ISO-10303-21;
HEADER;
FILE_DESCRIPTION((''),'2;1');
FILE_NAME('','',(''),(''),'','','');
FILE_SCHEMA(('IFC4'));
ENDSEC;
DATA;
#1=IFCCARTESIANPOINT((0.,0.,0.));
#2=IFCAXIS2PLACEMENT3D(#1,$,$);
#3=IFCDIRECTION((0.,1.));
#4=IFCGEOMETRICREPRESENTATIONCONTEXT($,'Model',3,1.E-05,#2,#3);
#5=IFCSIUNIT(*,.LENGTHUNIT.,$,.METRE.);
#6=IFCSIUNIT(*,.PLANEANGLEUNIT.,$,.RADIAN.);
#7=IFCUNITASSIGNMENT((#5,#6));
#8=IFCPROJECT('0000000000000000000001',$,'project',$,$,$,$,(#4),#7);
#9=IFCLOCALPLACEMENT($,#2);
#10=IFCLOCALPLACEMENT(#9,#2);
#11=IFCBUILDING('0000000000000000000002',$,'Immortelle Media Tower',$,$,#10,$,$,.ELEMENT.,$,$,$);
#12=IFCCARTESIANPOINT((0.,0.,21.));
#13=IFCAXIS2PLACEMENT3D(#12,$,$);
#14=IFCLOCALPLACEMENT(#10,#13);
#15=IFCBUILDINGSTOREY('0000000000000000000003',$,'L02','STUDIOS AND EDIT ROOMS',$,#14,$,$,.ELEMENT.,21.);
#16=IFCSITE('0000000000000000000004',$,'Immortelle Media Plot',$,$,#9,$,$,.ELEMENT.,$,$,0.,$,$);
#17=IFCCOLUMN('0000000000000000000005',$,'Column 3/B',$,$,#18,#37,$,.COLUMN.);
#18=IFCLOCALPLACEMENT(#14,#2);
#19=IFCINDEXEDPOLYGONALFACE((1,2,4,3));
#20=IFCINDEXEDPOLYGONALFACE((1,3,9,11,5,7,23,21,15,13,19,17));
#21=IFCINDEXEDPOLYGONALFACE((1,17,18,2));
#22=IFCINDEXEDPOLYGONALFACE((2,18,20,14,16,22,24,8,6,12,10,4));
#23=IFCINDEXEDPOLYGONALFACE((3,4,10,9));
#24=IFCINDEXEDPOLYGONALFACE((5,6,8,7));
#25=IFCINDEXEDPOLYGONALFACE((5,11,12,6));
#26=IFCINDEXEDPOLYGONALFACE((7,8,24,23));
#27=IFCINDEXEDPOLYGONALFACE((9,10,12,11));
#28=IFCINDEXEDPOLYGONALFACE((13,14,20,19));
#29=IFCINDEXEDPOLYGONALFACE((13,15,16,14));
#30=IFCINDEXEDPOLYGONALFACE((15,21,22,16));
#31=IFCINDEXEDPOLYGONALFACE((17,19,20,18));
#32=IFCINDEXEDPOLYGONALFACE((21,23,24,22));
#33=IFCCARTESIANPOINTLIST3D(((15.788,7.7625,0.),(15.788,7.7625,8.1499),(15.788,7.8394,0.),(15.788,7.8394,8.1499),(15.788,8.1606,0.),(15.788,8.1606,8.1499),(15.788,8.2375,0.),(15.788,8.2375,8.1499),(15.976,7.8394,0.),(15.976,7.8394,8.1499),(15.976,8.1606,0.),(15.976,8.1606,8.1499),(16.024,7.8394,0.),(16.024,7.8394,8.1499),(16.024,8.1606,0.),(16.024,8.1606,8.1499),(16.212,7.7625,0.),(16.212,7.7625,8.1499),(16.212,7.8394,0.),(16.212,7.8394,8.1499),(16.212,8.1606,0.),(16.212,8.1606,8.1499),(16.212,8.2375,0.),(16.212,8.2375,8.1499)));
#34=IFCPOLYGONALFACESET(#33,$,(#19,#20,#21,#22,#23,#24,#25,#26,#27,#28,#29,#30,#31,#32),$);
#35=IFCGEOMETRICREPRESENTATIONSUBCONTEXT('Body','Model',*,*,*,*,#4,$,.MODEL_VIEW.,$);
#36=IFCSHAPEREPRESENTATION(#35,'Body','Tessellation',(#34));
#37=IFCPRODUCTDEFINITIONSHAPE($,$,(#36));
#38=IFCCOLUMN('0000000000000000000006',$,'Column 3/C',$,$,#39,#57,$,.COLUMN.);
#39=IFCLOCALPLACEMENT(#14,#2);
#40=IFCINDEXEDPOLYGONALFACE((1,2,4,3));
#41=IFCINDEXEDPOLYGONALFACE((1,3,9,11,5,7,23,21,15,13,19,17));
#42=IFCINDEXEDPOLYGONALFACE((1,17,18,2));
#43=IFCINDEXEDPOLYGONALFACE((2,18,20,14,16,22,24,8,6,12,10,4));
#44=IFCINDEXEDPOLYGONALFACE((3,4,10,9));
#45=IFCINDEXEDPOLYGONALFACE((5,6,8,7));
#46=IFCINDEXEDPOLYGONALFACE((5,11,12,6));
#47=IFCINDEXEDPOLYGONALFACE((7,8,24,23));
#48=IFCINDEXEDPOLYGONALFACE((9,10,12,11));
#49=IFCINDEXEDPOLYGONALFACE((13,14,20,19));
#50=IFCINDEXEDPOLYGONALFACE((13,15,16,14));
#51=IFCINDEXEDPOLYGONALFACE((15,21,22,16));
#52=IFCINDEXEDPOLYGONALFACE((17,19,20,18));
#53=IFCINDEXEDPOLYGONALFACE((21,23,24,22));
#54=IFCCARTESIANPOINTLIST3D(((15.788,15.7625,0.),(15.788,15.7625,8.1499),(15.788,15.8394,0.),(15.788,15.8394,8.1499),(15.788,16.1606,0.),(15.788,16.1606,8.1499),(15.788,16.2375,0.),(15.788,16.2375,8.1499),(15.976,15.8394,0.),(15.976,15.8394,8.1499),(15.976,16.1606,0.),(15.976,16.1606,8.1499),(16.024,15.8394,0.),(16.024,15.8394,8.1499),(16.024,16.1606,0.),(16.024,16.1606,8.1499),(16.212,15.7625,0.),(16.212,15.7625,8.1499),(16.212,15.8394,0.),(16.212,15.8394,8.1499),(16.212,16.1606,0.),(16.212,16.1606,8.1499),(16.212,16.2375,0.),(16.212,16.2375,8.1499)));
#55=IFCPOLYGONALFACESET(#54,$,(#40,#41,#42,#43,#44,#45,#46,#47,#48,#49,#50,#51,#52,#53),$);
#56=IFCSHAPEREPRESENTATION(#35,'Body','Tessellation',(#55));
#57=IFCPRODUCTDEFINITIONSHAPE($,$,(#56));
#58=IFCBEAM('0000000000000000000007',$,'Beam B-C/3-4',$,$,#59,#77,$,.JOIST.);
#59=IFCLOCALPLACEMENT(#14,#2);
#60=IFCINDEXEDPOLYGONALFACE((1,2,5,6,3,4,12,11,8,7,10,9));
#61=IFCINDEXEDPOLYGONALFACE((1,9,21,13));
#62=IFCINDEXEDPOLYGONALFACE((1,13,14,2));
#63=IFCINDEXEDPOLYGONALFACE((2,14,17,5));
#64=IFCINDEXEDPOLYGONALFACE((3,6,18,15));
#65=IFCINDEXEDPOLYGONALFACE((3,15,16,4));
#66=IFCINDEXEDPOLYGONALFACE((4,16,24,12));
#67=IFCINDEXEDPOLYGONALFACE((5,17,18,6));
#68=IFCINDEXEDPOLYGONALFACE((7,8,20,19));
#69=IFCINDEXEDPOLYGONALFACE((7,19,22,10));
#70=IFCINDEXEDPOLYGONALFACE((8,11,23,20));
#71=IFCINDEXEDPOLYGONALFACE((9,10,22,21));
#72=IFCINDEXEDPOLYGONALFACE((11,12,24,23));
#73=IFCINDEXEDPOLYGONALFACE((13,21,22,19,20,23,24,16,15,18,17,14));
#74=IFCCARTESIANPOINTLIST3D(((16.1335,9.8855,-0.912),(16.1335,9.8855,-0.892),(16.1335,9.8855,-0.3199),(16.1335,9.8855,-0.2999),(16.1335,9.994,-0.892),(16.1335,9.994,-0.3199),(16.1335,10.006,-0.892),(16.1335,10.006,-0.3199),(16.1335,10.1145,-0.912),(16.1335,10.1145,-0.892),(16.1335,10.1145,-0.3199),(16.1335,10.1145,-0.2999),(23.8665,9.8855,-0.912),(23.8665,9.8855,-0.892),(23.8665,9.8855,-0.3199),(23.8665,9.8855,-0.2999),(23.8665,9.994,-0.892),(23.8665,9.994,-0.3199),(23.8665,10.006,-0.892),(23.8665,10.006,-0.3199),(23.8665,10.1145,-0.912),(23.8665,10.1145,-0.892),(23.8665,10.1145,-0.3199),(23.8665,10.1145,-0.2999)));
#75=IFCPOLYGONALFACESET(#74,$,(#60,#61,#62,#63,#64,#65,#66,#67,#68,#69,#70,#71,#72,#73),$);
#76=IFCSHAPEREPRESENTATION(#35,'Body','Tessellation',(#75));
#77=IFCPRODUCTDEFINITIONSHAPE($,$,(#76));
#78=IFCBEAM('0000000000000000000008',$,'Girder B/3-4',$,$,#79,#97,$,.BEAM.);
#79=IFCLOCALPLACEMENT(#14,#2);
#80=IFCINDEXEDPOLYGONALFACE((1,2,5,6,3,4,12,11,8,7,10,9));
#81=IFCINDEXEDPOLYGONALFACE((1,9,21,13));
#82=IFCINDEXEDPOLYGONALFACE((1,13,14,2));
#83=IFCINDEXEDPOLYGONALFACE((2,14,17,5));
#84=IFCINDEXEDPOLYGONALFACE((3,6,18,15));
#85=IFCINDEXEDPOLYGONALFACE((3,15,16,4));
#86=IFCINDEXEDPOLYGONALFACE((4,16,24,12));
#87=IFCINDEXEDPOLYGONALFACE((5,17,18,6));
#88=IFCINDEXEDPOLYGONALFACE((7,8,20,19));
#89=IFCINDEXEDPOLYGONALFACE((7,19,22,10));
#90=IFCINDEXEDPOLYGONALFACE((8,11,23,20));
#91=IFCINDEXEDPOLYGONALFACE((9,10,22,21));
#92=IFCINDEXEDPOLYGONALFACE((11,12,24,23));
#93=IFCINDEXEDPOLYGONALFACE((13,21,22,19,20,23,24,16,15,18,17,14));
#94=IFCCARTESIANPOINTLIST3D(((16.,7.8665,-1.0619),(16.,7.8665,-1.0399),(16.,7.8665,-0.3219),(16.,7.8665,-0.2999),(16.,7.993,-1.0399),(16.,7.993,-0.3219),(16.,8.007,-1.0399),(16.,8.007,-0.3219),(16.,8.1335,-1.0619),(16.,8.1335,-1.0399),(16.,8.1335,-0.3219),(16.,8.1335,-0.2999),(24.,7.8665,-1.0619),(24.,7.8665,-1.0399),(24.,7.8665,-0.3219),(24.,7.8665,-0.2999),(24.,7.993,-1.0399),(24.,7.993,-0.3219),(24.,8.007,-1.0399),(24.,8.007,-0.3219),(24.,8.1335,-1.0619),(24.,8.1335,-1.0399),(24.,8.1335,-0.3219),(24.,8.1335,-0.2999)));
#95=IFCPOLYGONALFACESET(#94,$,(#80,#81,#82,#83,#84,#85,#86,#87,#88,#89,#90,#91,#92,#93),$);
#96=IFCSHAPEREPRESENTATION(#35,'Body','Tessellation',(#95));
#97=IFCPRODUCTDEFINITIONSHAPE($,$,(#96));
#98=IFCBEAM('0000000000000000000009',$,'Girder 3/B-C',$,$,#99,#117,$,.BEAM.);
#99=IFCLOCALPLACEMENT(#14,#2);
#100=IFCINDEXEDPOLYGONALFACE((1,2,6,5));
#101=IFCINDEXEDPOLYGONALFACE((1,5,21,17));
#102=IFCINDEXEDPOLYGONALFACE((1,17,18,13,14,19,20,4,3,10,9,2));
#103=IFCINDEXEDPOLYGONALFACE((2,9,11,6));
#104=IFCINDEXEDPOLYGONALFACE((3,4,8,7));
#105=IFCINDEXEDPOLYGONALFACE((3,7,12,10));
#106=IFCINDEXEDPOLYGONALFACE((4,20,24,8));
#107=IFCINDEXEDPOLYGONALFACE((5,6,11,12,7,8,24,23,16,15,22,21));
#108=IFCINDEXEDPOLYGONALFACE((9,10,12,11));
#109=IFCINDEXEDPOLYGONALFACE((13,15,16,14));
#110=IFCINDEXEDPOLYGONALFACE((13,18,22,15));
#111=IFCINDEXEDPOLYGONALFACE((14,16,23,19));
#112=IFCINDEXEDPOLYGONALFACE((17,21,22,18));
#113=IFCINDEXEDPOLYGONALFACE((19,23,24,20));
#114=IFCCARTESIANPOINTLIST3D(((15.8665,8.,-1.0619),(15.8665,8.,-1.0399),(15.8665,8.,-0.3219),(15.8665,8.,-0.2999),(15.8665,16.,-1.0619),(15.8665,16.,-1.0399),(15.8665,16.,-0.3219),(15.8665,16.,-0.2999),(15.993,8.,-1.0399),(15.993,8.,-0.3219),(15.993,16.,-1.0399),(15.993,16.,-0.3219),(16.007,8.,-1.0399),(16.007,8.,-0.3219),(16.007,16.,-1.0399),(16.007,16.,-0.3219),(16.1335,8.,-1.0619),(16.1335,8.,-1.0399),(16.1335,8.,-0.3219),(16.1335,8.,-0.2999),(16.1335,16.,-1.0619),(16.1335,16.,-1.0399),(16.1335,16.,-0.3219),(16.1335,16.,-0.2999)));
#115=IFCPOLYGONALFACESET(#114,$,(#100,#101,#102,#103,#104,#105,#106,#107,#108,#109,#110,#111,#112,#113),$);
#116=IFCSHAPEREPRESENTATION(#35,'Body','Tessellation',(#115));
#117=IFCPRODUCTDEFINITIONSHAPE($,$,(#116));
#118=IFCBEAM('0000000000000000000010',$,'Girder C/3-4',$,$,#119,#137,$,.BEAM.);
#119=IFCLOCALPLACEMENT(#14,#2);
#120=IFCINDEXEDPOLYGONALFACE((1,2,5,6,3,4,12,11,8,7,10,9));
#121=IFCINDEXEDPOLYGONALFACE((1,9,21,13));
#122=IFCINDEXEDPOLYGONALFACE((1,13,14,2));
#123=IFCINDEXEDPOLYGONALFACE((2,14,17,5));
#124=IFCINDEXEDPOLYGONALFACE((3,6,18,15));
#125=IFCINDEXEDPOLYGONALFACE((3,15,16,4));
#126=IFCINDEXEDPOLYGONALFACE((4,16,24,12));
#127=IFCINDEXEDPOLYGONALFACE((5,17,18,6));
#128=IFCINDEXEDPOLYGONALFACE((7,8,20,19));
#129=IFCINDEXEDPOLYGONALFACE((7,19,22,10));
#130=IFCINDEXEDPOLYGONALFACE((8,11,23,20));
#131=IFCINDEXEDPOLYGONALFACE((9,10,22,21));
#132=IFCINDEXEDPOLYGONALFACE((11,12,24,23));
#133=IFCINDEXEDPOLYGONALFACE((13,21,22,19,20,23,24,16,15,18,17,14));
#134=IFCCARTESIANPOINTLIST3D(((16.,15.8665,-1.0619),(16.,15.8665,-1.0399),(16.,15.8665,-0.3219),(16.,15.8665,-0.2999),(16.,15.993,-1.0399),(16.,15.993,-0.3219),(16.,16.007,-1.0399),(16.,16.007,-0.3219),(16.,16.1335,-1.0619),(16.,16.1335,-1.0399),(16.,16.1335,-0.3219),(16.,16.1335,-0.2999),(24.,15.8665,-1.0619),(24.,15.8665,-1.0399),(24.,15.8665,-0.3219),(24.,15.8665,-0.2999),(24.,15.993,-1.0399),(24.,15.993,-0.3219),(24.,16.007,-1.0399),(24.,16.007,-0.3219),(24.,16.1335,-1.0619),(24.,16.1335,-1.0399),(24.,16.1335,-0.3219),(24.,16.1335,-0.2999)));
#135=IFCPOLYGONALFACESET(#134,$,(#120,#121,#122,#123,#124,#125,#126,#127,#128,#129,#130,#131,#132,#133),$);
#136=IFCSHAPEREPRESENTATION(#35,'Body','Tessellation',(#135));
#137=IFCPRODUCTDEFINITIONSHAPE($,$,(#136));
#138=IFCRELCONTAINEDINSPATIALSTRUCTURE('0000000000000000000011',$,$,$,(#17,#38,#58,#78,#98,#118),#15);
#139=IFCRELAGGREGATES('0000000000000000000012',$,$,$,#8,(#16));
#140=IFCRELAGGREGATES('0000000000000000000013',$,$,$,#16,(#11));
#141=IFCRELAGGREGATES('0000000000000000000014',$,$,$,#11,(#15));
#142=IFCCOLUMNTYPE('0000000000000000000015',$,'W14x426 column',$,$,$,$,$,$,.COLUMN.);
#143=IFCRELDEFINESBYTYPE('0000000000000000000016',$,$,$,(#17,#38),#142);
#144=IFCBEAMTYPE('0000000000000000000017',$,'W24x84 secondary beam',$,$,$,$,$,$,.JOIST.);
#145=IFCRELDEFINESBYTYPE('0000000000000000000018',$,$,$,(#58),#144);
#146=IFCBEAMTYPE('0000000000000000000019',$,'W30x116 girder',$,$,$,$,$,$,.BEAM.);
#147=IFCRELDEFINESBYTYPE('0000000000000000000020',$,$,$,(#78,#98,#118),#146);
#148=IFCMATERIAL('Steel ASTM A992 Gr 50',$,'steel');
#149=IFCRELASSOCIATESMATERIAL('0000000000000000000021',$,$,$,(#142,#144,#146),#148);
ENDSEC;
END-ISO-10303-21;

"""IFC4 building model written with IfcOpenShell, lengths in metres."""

from ifc_helpers import new_model, si_unit, direction, frame, origin, origin_2d, place, context, subcontext, project, spatial, i_section, extrude, material, material_profile, profile_set, type_object, element, save


model = new_model("IFC4")

# Units and contexts
model_context = context("Model", 3, precision=1e-05, world=origin(), true_north=direction((0.0, 1.0)))
body_context = subcontext(model_context, "Body", "Model", "MODEL_VIEW")
ifc_project = project(units=[si_unit("LENGTHUNIT", "METRE"), si_unit("PLANEANGLEUNIT", "RADIAN")], contexts=[model_context])

# Site, building, storey
site_placement = place(None, origin())
site = spatial("IfcSite", under=ifc_project, at=site_placement, Name="Immortelle Media Plot", CompositionType="ELEMENT", RefElevation=0.0)
building_placement = place(site_placement, origin())
building = spatial("IfcBuilding", under=site, at=building_placement, Name="Immortelle Media Tower", CompositionType="ELEMENT")
storey_placement = place(building_placement, frame((0.0, 0.0, 21.0)))
storey = spatial("IfcBuildingStorey", under=building, at=storey_placement, Name="L02", Description="STUDIOS AND EDIT ROOMS", CompositionType="ELEMENT", Elevation=21.0)

# Columns
ifc_material_1 = material(Name="Steel ASTM A992 Gr 50", Category="steel")
ifc_material_profile_1 = material_profile(ifc_material_1, i_section(OverallWidth=0.4241, OverallDepth=0.4751, WebThickness=0.0481, FlangeThickness=0.0769, at=origin_2d()), Name="W14x426")
ifc_profile_set_1 = profile_set([ifc_material_profile_1], Name="Steel ASTM A992 Gr 50")
column_type = type_object("IfcColumnType", Name="W14x426 column", PredefinedType="COLUMN", material=ifc_profile_set_1)
for number, where, z_axis, x_axis, name in (
    (1, (16.0, 8.0, 0.0), (0.0, 0.0, 1.0), (1.0, 0.0, 0.0), "Column 3/B"),
    (2, (16.0, 16.0, 0.0), (0.0, 0.0, 1.0), (1.0, 0.0, 0.0), "Column 3/C"),
):
    element("IfcColumn", number, at=place(storey_placement, frame(where, z_axis=z_axis, x_axis=x_axis)), inside=storey, type_object=column_type, Name=name, PredefinedType="COLUMN", context=body_context, shape_type="SweptSolid", body=[
        extrude(i_section(OverallWidth=0.4241, OverallDepth=0.4751, WebThickness=0.0481, FlangeThickness=0.0769, at=origin_2d()), origin(), (0.0, 0.0, 1.0), 8.1499),
    ])

# Beams
ifc_material_profile_2 = material_profile(ifc_material_1, i_section(OverallWidth=0.229, OverallDepth=0.6121, WebThickness=0.012, FlangeThickness=0.02, at=origin_2d()), Name="W24x84")
ifc_profile_set_2 = profile_set([ifc_material_profile_2], Name="Steel ASTM A992 Gr 50")
beam_type_1 = type_object("IfcBeamType", Name="W24x84 secondary beam", PredefinedType="JOIST", material=ifc_profile_set_2)
beam_placement = place(storey_placement, frame((16.1335, 10.0, -0.606), z_axis=(1.0, 0.0, 0.0), x_axis=(0.0, 1.0, 0.0)))
element("IfcBeam", 3, at=beam_placement, inside=storey, type_object=beam_type_1, Name="Beam B-C/3-4", PredefinedType="JOIST", context=body_context, shape_type="SweptSolid", body=[
    extrude(i_section(OverallWidth=0.229, OverallDepth=0.6121, WebThickness=0.012, FlangeThickness=0.02, at=origin_2d()), origin(), (0.0, 0.0, 1.0), 7.7329),
])
ifc_material_profile_3 = material_profile(ifc_material_1, i_section(OverallWidth=0.2671, OverallDepth=0.762, WebThickness=0.0139, FlangeThickness=0.022, at=origin_2d()), Name="W30x116")
ifc_profile_set_3 = profile_set([ifc_material_profile_3], Name="Steel ASTM A992 Gr 50")
beam_type_2 = type_object("IfcBeamType", Name="W30x116 girder", PredefinedType="BEAM", material=ifc_profile_set_3)
for number, where, z_axis, x_axis, name in (
    (4, (16.0, 8.0, -0.6809), (1.0, 0.0, 0.0), (0.0, 1.0, 0.0), "Girder B/3-4"),
    (5, (16.0, 8.0, -0.6809), (0.0, 1.0, 0.0), (-1.0, 0.0, 0.0), "Girder 3/B-C"),
    (6, (16.0, 16.0, -0.6809), (1.0, 0.0, 0.0), (0.0, 1.0, 0.0), "Girder C/3-4"),
):
    element("IfcBeam", number, at=place(storey_placement, frame(where, z_axis=z_axis, x_axis=x_axis)), inside=storey, type_object=beam_type_2, Name=name, PredefinedType="BEAM", context=body_context, shape_type="SweptSolid", body=[
        extrude(i_section(OverallWidth=0.2671, OverallDepth=0.762, WebThickness=0.0139, FlangeThickness=0.022, at=origin_2d()), origin(), (0.0, 0.0, 1.0), 8.0),
    ])

save(model, "model.ifc")
